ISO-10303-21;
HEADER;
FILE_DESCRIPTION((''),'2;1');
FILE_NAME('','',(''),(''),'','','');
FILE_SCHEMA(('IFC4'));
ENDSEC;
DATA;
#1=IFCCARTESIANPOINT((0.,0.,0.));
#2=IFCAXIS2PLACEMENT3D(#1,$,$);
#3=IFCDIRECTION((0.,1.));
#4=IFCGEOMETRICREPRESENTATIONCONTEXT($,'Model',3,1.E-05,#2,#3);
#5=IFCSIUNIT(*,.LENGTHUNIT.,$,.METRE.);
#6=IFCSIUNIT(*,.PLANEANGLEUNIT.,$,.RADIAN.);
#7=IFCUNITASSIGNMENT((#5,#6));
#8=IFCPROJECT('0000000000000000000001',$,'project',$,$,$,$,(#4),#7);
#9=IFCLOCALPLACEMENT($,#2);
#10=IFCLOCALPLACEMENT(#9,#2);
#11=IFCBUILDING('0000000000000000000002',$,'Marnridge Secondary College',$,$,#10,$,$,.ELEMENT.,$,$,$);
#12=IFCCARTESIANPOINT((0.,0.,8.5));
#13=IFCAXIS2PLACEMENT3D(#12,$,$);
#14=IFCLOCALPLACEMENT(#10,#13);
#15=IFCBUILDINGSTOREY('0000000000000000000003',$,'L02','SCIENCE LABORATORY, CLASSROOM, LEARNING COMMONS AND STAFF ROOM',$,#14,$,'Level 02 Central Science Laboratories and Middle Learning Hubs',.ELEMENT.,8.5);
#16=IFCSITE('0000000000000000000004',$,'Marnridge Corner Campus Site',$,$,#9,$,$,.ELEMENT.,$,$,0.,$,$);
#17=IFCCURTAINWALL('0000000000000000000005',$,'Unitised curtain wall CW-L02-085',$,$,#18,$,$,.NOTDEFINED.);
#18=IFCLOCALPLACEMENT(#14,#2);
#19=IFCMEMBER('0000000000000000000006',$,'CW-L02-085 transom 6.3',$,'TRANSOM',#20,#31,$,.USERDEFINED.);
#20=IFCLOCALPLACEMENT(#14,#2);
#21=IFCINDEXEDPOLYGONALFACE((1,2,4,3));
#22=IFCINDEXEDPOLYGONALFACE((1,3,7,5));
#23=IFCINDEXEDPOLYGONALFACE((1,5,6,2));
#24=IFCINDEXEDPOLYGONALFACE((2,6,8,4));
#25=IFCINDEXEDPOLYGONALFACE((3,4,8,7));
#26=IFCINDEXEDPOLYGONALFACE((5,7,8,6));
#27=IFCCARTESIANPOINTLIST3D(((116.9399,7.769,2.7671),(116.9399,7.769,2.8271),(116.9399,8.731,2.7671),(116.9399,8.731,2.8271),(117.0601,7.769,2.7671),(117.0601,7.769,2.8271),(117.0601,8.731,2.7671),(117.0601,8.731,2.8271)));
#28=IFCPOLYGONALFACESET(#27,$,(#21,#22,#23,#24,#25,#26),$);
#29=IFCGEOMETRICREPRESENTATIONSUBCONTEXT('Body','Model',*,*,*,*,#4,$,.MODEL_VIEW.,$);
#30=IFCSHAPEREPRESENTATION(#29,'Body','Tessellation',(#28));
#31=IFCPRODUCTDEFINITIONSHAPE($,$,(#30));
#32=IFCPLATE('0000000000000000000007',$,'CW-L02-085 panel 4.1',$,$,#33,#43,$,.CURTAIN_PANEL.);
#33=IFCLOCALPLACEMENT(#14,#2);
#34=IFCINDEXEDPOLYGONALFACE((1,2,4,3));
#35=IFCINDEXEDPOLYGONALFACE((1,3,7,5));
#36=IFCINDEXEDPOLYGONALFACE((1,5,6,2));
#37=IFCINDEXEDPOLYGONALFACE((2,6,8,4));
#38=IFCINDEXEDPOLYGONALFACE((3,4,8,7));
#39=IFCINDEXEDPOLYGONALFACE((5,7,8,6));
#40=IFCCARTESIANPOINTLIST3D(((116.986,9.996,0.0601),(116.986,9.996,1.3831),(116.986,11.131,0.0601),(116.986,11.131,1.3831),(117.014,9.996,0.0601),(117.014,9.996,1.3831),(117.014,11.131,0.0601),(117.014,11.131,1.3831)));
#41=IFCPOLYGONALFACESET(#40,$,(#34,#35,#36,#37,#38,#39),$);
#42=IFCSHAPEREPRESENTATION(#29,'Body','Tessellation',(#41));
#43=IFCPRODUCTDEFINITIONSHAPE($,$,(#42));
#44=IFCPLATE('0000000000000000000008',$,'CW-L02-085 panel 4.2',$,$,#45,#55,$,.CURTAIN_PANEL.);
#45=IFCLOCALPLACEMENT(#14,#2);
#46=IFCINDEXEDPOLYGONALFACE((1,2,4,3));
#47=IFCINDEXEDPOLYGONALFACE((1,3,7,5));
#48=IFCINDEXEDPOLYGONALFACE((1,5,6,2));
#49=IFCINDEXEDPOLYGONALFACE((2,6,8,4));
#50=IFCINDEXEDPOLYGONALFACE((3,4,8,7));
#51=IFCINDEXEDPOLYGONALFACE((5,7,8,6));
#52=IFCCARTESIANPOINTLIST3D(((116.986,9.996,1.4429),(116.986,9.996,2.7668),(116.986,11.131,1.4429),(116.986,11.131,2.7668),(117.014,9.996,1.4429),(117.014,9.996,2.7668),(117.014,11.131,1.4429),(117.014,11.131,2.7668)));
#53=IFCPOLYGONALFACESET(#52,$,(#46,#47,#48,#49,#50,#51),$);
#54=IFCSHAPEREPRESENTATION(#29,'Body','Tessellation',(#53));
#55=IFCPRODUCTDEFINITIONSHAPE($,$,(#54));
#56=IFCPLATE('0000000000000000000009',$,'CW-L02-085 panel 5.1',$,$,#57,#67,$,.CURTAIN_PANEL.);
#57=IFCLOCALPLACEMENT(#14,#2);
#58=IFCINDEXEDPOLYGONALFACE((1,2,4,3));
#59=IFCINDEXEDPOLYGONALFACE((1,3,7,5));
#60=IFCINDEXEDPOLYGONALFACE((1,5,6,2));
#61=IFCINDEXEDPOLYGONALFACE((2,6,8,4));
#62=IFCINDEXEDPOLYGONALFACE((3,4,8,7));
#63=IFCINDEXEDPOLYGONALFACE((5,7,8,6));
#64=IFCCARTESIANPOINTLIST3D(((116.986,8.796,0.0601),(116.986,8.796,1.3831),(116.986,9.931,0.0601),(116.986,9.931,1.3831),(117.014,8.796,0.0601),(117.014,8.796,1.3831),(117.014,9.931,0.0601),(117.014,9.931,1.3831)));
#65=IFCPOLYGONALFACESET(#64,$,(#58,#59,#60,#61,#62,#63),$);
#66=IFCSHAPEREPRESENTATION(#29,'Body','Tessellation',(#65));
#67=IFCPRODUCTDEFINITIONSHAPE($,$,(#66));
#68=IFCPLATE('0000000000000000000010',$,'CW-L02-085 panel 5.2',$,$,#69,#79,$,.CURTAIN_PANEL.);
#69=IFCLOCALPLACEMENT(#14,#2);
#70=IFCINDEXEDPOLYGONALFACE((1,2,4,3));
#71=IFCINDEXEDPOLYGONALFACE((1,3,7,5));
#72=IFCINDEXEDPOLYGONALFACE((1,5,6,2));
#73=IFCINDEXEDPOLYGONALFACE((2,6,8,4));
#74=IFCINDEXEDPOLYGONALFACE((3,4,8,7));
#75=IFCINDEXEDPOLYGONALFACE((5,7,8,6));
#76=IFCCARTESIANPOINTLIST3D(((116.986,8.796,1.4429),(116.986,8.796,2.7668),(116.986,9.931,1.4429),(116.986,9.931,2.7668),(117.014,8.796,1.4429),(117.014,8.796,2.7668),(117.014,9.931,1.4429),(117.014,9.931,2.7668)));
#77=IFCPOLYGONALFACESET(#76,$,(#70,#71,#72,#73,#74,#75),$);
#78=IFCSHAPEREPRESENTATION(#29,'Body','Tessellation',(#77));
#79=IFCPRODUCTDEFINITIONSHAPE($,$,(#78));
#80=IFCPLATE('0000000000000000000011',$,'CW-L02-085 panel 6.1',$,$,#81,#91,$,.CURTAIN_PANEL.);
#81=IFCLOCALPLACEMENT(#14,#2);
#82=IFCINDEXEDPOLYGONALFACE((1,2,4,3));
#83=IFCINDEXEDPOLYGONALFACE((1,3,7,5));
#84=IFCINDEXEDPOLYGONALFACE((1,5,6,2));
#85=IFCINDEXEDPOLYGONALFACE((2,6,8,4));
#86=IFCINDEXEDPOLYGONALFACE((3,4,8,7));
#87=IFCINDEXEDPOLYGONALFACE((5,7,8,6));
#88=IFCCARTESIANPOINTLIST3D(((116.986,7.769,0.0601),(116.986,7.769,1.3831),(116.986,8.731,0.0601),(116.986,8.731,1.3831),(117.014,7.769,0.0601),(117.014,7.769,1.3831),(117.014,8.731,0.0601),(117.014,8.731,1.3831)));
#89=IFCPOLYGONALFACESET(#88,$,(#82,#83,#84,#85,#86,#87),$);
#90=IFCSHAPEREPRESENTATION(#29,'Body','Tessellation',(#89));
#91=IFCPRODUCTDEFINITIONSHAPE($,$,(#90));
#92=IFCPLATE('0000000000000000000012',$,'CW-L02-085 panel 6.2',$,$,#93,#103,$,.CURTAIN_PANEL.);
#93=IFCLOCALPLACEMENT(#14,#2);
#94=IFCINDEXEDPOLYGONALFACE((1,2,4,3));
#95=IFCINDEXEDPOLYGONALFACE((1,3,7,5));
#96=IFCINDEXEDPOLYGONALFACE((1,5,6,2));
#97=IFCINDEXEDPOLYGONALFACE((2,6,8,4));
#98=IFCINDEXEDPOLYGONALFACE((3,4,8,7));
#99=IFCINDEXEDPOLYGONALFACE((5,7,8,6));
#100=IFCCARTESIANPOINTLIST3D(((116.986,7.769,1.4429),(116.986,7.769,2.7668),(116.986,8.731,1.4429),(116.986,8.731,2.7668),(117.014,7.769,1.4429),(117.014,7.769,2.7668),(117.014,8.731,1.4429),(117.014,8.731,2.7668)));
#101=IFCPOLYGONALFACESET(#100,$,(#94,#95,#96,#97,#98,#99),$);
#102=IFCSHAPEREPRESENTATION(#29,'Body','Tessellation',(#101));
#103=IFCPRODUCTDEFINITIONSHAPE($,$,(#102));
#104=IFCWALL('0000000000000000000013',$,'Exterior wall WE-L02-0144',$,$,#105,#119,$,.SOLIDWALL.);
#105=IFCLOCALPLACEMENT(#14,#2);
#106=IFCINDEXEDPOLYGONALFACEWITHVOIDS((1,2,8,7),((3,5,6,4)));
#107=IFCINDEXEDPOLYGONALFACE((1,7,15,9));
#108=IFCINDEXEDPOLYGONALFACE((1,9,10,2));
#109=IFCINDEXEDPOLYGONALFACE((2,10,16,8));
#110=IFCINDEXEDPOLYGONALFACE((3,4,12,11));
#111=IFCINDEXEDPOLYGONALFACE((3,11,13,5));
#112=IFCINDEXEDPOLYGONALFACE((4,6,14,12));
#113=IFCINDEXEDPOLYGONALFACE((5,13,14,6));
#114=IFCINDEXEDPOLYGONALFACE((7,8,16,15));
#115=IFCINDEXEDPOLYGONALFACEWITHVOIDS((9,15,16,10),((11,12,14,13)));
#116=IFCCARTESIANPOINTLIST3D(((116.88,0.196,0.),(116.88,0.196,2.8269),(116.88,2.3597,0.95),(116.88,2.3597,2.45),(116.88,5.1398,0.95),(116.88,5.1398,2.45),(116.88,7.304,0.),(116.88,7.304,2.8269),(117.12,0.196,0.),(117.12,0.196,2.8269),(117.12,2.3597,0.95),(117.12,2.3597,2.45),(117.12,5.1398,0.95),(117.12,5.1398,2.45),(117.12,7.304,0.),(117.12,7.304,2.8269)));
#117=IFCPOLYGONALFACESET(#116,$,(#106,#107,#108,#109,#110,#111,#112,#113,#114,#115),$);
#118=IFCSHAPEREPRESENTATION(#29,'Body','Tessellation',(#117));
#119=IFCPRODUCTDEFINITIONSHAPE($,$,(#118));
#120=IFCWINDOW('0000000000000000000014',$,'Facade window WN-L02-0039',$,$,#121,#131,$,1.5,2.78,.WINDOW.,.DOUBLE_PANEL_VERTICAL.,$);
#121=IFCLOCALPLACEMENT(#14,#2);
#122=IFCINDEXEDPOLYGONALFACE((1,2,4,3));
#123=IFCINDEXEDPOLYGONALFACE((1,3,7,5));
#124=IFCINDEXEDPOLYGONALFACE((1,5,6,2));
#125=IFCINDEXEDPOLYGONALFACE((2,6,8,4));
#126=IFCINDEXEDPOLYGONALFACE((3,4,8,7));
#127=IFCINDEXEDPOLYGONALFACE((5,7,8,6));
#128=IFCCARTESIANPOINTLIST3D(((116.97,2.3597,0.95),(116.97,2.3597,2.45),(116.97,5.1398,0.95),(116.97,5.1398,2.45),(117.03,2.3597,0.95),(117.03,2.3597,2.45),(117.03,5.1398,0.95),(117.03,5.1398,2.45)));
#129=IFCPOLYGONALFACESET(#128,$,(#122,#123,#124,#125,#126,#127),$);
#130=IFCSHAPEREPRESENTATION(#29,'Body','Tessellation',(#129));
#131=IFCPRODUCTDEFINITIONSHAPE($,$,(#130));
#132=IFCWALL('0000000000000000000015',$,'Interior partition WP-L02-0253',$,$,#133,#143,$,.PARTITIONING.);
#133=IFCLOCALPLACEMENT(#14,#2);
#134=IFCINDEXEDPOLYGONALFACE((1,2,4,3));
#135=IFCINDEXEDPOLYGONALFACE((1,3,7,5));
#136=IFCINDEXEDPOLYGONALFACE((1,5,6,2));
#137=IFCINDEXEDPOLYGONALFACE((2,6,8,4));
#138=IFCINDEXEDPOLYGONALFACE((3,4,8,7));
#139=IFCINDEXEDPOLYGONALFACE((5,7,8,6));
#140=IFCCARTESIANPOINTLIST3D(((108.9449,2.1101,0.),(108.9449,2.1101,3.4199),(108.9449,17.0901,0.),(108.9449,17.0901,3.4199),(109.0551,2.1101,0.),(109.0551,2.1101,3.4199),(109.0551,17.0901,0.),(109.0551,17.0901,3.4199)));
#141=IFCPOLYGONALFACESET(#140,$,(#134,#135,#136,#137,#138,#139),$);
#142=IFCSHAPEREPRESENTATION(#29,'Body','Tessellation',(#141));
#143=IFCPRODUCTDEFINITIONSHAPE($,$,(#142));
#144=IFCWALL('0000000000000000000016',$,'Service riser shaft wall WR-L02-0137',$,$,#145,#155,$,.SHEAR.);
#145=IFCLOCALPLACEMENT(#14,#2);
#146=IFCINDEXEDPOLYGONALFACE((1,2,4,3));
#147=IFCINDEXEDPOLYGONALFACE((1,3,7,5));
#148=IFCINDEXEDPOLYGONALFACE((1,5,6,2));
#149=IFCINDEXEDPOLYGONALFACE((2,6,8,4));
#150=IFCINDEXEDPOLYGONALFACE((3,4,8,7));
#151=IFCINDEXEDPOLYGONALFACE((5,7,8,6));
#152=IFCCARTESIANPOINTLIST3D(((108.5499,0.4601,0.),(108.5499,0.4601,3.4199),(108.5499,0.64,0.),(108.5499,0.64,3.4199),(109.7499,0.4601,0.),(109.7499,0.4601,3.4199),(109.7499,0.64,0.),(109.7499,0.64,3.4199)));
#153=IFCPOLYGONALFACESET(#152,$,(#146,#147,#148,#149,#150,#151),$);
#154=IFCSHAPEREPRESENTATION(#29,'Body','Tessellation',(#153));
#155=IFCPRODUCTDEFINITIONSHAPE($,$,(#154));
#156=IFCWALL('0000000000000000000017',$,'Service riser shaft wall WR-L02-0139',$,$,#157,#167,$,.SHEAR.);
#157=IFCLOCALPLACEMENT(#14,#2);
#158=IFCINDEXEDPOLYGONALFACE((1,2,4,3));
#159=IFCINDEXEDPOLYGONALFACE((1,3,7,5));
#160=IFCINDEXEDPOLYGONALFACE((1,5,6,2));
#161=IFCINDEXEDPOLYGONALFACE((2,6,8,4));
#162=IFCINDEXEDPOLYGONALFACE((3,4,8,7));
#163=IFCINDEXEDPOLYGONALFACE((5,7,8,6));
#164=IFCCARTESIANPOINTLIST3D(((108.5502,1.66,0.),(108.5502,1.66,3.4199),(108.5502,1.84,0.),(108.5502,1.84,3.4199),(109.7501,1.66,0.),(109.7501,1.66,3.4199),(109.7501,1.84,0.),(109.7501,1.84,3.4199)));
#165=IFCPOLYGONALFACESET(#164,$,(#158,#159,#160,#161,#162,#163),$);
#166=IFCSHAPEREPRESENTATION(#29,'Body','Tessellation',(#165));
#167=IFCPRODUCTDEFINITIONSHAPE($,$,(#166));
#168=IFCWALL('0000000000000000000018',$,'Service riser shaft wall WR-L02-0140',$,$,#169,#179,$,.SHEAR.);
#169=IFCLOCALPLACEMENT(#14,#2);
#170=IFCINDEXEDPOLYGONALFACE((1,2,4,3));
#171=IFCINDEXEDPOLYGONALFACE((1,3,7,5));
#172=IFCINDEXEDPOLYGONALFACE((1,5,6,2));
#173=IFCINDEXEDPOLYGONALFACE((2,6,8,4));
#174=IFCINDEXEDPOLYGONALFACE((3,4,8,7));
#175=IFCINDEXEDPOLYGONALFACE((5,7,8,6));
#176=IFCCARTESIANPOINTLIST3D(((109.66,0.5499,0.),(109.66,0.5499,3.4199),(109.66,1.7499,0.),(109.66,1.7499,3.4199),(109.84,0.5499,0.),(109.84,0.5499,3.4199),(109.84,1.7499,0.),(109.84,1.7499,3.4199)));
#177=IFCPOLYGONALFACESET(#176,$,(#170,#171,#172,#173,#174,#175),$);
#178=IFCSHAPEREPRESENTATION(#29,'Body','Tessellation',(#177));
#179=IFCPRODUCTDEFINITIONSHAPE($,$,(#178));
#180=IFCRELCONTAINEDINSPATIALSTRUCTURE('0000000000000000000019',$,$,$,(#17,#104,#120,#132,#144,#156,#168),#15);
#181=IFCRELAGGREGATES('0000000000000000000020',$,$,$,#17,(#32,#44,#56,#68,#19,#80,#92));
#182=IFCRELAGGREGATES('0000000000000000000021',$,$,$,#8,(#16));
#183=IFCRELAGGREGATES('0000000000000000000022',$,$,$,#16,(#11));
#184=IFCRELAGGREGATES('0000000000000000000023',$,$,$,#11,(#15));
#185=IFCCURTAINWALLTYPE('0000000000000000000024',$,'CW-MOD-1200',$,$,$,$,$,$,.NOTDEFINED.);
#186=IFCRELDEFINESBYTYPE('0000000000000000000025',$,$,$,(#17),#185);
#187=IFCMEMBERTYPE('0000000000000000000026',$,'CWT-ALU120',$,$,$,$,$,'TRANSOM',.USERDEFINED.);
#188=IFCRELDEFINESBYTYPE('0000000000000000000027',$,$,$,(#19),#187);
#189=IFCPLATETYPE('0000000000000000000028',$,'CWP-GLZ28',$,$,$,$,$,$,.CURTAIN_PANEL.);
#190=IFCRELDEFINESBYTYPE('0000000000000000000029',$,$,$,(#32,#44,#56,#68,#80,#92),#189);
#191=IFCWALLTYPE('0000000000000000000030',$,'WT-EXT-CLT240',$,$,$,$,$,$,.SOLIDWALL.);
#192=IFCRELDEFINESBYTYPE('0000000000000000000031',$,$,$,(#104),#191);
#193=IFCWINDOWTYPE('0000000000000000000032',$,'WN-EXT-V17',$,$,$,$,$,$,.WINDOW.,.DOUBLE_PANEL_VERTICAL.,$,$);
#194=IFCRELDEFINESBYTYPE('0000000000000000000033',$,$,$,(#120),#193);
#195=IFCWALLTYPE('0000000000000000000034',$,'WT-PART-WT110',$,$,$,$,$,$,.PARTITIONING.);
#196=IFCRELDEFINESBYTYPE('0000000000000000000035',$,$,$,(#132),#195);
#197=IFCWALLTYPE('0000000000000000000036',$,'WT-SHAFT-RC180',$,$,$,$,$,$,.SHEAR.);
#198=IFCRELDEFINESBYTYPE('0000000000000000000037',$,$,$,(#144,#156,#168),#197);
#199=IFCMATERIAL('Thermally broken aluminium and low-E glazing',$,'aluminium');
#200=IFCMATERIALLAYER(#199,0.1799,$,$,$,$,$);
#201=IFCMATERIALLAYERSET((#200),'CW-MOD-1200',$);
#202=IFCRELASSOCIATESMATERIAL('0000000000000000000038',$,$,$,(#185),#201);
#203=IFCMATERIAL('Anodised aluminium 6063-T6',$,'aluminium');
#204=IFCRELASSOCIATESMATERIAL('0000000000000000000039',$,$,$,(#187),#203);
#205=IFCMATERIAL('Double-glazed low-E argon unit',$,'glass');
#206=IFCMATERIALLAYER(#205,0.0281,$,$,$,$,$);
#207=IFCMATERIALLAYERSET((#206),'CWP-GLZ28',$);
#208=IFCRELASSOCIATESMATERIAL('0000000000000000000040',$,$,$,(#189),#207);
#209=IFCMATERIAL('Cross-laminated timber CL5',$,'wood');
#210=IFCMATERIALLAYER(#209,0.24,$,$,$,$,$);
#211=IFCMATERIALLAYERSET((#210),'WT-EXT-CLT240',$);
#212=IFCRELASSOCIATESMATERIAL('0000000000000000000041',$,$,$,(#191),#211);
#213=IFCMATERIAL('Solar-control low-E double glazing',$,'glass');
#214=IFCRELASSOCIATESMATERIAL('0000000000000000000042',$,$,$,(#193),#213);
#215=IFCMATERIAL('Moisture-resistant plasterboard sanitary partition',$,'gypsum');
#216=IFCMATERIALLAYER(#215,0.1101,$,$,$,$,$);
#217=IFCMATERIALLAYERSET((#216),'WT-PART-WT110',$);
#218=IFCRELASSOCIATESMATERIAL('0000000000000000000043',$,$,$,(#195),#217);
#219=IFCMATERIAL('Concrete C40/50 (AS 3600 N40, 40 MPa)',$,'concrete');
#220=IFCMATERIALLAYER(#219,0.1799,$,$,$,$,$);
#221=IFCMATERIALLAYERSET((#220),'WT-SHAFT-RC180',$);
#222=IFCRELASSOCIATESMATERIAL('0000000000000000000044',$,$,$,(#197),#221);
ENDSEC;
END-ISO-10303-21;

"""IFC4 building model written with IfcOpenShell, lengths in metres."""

from ifc_helpers import new_model, si_unit, direction, frame, frame_2d, origin, origin_2d, place, context, subcontext, project, spatial, rectangle, extrude, material, layer, layer_set, material_profile, profile_set, type_object, element, fill, aggregate, save


model = new_model("IFC4")

# Units and contexts
model_context = context("Model", 3, precision=1e-05, world=origin(), true_north=direction((0.0, 1.0)))
body_context = subcontext(model_context, "Body", "Model", "MODEL_VIEW")
ifc_project = project(units=[si_unit("LENGTHUNIT", "METRE"), si_unit("PLANEANGLEUNIT", "RADIAN")], contexts=[model_context])

# Site, building, storey
site_placement = place(None, origin())
site = spatial("IfcSite", under=ifc_project, at=site_placement, Name="Marnridge Corner Campus Site", CompositionType="ELEMENT", RefElevation=0.0)
building_placement = place(site_placement, origin())
building = spatial("IfcBuilding", under=site, at=building_placement, Name="Marnridge Secondary College", CompositionType="ELEMENT")
storey_placement = place(building_placement, frame((0.0, 0.0, 8.5)))
storey = spatial("IfcBuildingStorey", under=building, at=storey_placement, Name="L02", Description="SCIENCE LABORATORY, CLASSROOM, LEARNING COMMONS AND STAFF ROOM", LongName="Level 02 Central Science Laboratories and Middle Learning Hubs", CompositionType="ELEMENT", Elevation=8.5)

# Curtain wall, member, plates
ifc_material_1 = material(Name="Thermally broken aluminium and low-E glazing", Category="aluminium")
ifc_layer_1 = layer(ifc_material_1, 0.1799)
ifc_layer_set_1 = layer_set([ifc_layer_1], Name="CW-MOD-1200")
curtain_wall_type = type_object("IfcCurtainWallType", Name="CW-MOD-1200", PredefinedType="NOTDEFINED", material=ifc_layer_set_1)
curtain_wall_placement = place(storey_placement, origin())
curtain_wall = element("IfcCurtainWall", 1, at=curtain_wall_placement, inside=storey, type_object=curtain_wall_type, Name="Unitised curtain wall CW-L02-085", PredefinedType="NOTDEFINED")
ifc_material_2 = material(Name="Anodised aluminium 6063-T6", Category="aluminium")
ifc_material_profile_1 = material_profile(ifc_material_2, rectangle(XDim=0.0601, YDim=0.1201, at=origin_2d()), Name="ALU 60x120")
ifc_profile_set_1 = profile_set([ifc_material_profile_1], Name="Anodised aluminium 6063-T6")
member_type_1 = type_object("IfcMemberType", Name="CWT-ALU120", ElementType="TRANSOM", PredefinedType="USERDEFINED", material=ifc_profile_set_1)
member_1_placement = place(storey_placement, frame((117.0, 8.731, 2.7971), z_axis=(0.0, -1.0, 0.0), x_axis=(0.0, 0.0, 1.0)))
member_1 = element("IfcMember", 2, at=member_1_placement, type_object=member_type_1, Name="CW-L02-085 transom 6.3", ObjectType="TRANSOM", PredefinedType="USERDEFINED", context=body_context, shape_type="SweptSolid", body=[
    extrude(rectangle(XDim=0.0601, YDim=0.1201, at=origin_2d()), origin(), (0.0, 0.0, 1.0), 0.9619),
])
ifc_material_3 = material(Name="Double-glazed low-E argon unit", Category="glass")
ifc_layer_2 = layer(ifc_material_3, 0.0281)
ifc_layer_set_2 = layer_set([ifc_layer_2], Name="CWP-GLZ28")
plate_type = type_object("IfcPlateType", Name="CWP-GLZ28", PredefinedType="CURTAIN_PANEL", material=ifc_layer_set_2)
plate_1_placement = place(storey_placement, frame((117.0, 10.5635, 0.0601), z_axis=(0.0, 0.0, 1.0), x_axis=(0.0, -1.0, 0.0)))
plate_1 = element("IfcPlate", 3, at=plate_1_placement, type_object=plate_type, Name="CW-L02-085 panel 4.1", PredefinedType="CURTAIN_PANEL", context=body_context, shape_type="SweptSolid", body=[
    extrude(rectangle(XDim=1.135, YDim=0.0281, at=origin_2d()), origin(), (0.0, 0.0, 1.0), 1.323),
])
plate_2_placement = place(storey_placement, frame((117.0, 10.5635, 1.4429), z_axis=(0.0, 0.0, 1.0), x_axis=(0.0, -1.0, 0.0)))
plate_2 = element("IfcPlate", 4, at=plate_2_placement, type_object=plate_type, Name="CW-L02-085 panel 4.2", PredefinedType="CURTAIN_PANEL", context=body_context, shape_type="SweptSolid", body=[
    extrude(rectangle(XDim=1.135, YDim=0.0281, at=origin_2d()), origin(), (0.0, 0.0, 1.0), 1.324),
])
plate_3_placement = place(storey_placement, frame((117.0, 9.3635, 0.0601), z_axis=(0.0, 0.0, 1.0), x_axis=(0.0, -1.0, 0.0)))
plate_3 = element("IfcPlate", 5, at=plate_3_placement, type_object=plate_type, Name="CW-L02-085 panel 5.1", PredefinedType="CURTAIN_PANEL", context=body_context, shape_type="SweptSolid", body=[
    extrude(rectangle(XDim=1.135, YDim=0.0281, at=origin_2d()), origin(), (0.0, 0.0, 1.0), 1.323),
])
plate_4_placement = place(storey_placement, frame((117.0, 9.3635, 1.4429), z_axis=(0.0, 0.0, 1.0), x_axis=(0.0, -1.0, 0.0)))
plate_4 = element("IfcPlate", 6, at=plate_4_placement, type_object=plate_type, Name="CW-L02-085 panel 5.2", PredefinedType="CURTAIN_PANEL", context=body_context, shape_type="SweptSolid", body=[
    extrude(rectangle(XDim=1.135, YDim=0.0281, at=origin_2d()), origin(), (0.0, 0.0, 1.0), 1.324),
])
plate_5_placement = place(storey_placement, frame((117.0, 8.25, 0.0601), z_axis=(0.0, 0.0, 1.0), x_axis=(0.0, -1.0, 0.0)))
plate_5 = element("IfcPlate", 7, at=plate_5_placement, type_object=plate_type, Name="CW-L02-085 panel 6.1", PredefinedType="CURTAIN_PANEL", context=body_context, shape_type="SweptSolid", body=[
    extrude(rectangle(XDim=0.9619, YDim=0.0281, at=origin_2d()), origin(), (0.0, 0.0, 1.0), 1.323),
])
plate_6_placement = place(storey_placement, frame((117.0, 8.25, 1.4429), z_axis=(0.0, 0.0, 1.0), x_axis=(0.0, -1.0, 0.0)))
plate_6 = element("IfcPlate", 8, at=plate_6_placement, type_object=plate_type, Name="CW-L02-085 panel 6.2", PredefinedType="CURTAIN_PANEL", context=body_context, shape_type="SweptSolid", body=[
    extrude(rectangle(XDim=0.9619, YDim=0.0281, at=origin_2d()), origin(), (0.0, 0.0, 1.0), 1.324),
])
aggregate(curtain_wall, [plate_1, plate_2, plate_3, plate_4, member_1, plate_5, plate_6])

# Wall, opening, window
ifc_material_4 = material(Name="Cross-laminated timber CL5", Category="wood")
ifc_layer_3 = layer(ifc_material_4, 0.24)
ifc_layer_set_3 = layer_set([ifc_layer_3], Name="WT-EXT-CLT240")
wall_type_1 = type_object("IfcWallType", Name="WT-EXT-CLT240", PredefinedType="SOLIDWALL", material=ifc_layer_set_3)
wall_1_placement = place(storey_placement, frame((117.0, 7.304, 0.0), z_axis=(0.0, 0.0, 1.0), x_axis=(0.0, -1.0, 0.0)))
wall_1 = element("IfcWall", 9, at=wall_1_placement, inside=storey, type_object=wall_type_1, Name="Exterior wall WE-L02-0144", PredefinedType="SOLIDWALL", context=body_context, shape_type="SweptSolid", body=[
    extrude(rectangle(XDim=7.1079, YDim=0.24, at=frame_2d((3.554, 0.0))), origin(), (0.0, 0.0, 1.0), 2.8269),
])
opening_placement = place(wall_1_placement, frame((2.1641, 0.0, 0.95)))
opening = element("IfcOpeningElement", 10, at=opening_placement, cuts=wall_1, PredefinedType="OPENING", context=body_context, shape_type="SweptSolid", body=[
    extrude(rectangle(XDim=2.78, YDim=1.5, at=frame_2d((1.3901, 0.75))), frame((0.0, 0.1299, 0.0), z_axis=(0.0, -1.0, 0.0), x_axis=(1.0, 0.0, 0.0)), (0.0, 0.0, 1.0), 0.26),
])
ifc_material_5 = material(Name="Solar-control low-E double glazing", Category="glass")
window_type = type_object("IfcWindowType", Name="WN-EXT-V17", PartitioningType="DOUBLE_PANEL_VERTICAL", PredefinedType="WINDOW", material=ifc_material_5)
window_placement = place(opening_placement, origin())
window = element("IfcWindow", 11, at=window_placement, inside=storey, type_object=window_type, Name="Facade window WN-L02-0039", OverallHeight=1.5, OverallWidth=2.78, PartitioningType="DOUBLE_PANEL_VERTICAL", PredefinedType="WINDOW", context=body_context, shape_type="SweptSolid", body=[
    extrude(rectangle(XDim=2.78, YDim=1.5, at=frame_2d((1.3901, 0.75))), frame((0.0, 0.03, 0.0), z_axis=(0.0, -1.0, 0.0), x_axis=(1.0, 0.0, 0.0)), (0.0, 0.0, 1.0), 0.0601),
])
fill(opening, window)

# Walls
ifc_material_6 = material(Name="Moisture-resistant plasterboard sanitary partition", Category="gypsum")
ifc_layer_4 = layer(ifc_material_6, 0.1101)
ifc_layer_set_4 = layer_set([ifc_layer_4], Name="WT-PART-WT110")
wall_type_2 = type_object("IfcWallType", Name="WT-PART-WT110", PredefinedType="PARTITIONING", material=ifc_layer_set_4)
wall_2_placement = place(storey_placement, frame((109.0, 2.1101, 0.0), z_axis=(0.0, 0.0, 1.0), x_axis=(0.0, 1.0, 0.0)))
element("IfcWall", 12, at=wall_2_placement, inside=storey, type_object=wall_type_2, Name="Interior partition WP-L02-0253", PredefinedType="PARTITIONING", context=body_context, shape_type="SweptSolid", body=[
    extrude(rectangle(XDim=14.98, YDim=0.1101, at=frame_2d((7.49, 0.0))), origin(), (0.0, 0.0, 1.0), 3.4199),
])
ifc_material_7 = material(Name="Concrete C40/50 (AS 3600 N40, 40 MPa)", Category="concrete")
ifc_layer_5 = layer(ifc_material_7, 0.1799)
ifc_layer_set_5 = layer_set([ifc_layer_5], Name="WT-SHAFT-RC180")
wall_type_3 = type_object("IfcWallType", Name="WT-SHAFT-RC180", PredefinedType="SHEAR", material=ifc_layer_set_5)
for number, where, z_axis, x_axis, name in (
    (13, (109.75, 0.55, 0.0), (0.0, 0.0, 1.0), (-1.0, 0.0, 0.0), "Service riser shaft wall WR-L02-0137"),
    (14, (108.55, 1.75, 0.0), (0.0, 0.0, 1.0), (1.0, 0.0, 0.0), "Service riser shaft wall WR-L02-0139"),
    (15, (109.75, 1.75, 0.0), (0.0, 0.0, 1.0), (0.0, -1.0, 0.0), "Service riser shaft wall WR-L02-0140"),
):
    element("IfcWall", number, at=place(storey_placement, frame(where, z_axis=z_axis, x_axis=x_axis)), inside=storey, type_object=wall_type_3, Name=name, PredefinedType="SHEAR", context=body_context, shape_type="SweptSolid", body=[
        extrude(rectangle(XDim=1.2, YDim=0.1799, at=frame_2d((0.6001, 0.0))), origin(), (0.0, 0.0, 1.0), 3.4199),
    ])

save(model, "model.ifc")
